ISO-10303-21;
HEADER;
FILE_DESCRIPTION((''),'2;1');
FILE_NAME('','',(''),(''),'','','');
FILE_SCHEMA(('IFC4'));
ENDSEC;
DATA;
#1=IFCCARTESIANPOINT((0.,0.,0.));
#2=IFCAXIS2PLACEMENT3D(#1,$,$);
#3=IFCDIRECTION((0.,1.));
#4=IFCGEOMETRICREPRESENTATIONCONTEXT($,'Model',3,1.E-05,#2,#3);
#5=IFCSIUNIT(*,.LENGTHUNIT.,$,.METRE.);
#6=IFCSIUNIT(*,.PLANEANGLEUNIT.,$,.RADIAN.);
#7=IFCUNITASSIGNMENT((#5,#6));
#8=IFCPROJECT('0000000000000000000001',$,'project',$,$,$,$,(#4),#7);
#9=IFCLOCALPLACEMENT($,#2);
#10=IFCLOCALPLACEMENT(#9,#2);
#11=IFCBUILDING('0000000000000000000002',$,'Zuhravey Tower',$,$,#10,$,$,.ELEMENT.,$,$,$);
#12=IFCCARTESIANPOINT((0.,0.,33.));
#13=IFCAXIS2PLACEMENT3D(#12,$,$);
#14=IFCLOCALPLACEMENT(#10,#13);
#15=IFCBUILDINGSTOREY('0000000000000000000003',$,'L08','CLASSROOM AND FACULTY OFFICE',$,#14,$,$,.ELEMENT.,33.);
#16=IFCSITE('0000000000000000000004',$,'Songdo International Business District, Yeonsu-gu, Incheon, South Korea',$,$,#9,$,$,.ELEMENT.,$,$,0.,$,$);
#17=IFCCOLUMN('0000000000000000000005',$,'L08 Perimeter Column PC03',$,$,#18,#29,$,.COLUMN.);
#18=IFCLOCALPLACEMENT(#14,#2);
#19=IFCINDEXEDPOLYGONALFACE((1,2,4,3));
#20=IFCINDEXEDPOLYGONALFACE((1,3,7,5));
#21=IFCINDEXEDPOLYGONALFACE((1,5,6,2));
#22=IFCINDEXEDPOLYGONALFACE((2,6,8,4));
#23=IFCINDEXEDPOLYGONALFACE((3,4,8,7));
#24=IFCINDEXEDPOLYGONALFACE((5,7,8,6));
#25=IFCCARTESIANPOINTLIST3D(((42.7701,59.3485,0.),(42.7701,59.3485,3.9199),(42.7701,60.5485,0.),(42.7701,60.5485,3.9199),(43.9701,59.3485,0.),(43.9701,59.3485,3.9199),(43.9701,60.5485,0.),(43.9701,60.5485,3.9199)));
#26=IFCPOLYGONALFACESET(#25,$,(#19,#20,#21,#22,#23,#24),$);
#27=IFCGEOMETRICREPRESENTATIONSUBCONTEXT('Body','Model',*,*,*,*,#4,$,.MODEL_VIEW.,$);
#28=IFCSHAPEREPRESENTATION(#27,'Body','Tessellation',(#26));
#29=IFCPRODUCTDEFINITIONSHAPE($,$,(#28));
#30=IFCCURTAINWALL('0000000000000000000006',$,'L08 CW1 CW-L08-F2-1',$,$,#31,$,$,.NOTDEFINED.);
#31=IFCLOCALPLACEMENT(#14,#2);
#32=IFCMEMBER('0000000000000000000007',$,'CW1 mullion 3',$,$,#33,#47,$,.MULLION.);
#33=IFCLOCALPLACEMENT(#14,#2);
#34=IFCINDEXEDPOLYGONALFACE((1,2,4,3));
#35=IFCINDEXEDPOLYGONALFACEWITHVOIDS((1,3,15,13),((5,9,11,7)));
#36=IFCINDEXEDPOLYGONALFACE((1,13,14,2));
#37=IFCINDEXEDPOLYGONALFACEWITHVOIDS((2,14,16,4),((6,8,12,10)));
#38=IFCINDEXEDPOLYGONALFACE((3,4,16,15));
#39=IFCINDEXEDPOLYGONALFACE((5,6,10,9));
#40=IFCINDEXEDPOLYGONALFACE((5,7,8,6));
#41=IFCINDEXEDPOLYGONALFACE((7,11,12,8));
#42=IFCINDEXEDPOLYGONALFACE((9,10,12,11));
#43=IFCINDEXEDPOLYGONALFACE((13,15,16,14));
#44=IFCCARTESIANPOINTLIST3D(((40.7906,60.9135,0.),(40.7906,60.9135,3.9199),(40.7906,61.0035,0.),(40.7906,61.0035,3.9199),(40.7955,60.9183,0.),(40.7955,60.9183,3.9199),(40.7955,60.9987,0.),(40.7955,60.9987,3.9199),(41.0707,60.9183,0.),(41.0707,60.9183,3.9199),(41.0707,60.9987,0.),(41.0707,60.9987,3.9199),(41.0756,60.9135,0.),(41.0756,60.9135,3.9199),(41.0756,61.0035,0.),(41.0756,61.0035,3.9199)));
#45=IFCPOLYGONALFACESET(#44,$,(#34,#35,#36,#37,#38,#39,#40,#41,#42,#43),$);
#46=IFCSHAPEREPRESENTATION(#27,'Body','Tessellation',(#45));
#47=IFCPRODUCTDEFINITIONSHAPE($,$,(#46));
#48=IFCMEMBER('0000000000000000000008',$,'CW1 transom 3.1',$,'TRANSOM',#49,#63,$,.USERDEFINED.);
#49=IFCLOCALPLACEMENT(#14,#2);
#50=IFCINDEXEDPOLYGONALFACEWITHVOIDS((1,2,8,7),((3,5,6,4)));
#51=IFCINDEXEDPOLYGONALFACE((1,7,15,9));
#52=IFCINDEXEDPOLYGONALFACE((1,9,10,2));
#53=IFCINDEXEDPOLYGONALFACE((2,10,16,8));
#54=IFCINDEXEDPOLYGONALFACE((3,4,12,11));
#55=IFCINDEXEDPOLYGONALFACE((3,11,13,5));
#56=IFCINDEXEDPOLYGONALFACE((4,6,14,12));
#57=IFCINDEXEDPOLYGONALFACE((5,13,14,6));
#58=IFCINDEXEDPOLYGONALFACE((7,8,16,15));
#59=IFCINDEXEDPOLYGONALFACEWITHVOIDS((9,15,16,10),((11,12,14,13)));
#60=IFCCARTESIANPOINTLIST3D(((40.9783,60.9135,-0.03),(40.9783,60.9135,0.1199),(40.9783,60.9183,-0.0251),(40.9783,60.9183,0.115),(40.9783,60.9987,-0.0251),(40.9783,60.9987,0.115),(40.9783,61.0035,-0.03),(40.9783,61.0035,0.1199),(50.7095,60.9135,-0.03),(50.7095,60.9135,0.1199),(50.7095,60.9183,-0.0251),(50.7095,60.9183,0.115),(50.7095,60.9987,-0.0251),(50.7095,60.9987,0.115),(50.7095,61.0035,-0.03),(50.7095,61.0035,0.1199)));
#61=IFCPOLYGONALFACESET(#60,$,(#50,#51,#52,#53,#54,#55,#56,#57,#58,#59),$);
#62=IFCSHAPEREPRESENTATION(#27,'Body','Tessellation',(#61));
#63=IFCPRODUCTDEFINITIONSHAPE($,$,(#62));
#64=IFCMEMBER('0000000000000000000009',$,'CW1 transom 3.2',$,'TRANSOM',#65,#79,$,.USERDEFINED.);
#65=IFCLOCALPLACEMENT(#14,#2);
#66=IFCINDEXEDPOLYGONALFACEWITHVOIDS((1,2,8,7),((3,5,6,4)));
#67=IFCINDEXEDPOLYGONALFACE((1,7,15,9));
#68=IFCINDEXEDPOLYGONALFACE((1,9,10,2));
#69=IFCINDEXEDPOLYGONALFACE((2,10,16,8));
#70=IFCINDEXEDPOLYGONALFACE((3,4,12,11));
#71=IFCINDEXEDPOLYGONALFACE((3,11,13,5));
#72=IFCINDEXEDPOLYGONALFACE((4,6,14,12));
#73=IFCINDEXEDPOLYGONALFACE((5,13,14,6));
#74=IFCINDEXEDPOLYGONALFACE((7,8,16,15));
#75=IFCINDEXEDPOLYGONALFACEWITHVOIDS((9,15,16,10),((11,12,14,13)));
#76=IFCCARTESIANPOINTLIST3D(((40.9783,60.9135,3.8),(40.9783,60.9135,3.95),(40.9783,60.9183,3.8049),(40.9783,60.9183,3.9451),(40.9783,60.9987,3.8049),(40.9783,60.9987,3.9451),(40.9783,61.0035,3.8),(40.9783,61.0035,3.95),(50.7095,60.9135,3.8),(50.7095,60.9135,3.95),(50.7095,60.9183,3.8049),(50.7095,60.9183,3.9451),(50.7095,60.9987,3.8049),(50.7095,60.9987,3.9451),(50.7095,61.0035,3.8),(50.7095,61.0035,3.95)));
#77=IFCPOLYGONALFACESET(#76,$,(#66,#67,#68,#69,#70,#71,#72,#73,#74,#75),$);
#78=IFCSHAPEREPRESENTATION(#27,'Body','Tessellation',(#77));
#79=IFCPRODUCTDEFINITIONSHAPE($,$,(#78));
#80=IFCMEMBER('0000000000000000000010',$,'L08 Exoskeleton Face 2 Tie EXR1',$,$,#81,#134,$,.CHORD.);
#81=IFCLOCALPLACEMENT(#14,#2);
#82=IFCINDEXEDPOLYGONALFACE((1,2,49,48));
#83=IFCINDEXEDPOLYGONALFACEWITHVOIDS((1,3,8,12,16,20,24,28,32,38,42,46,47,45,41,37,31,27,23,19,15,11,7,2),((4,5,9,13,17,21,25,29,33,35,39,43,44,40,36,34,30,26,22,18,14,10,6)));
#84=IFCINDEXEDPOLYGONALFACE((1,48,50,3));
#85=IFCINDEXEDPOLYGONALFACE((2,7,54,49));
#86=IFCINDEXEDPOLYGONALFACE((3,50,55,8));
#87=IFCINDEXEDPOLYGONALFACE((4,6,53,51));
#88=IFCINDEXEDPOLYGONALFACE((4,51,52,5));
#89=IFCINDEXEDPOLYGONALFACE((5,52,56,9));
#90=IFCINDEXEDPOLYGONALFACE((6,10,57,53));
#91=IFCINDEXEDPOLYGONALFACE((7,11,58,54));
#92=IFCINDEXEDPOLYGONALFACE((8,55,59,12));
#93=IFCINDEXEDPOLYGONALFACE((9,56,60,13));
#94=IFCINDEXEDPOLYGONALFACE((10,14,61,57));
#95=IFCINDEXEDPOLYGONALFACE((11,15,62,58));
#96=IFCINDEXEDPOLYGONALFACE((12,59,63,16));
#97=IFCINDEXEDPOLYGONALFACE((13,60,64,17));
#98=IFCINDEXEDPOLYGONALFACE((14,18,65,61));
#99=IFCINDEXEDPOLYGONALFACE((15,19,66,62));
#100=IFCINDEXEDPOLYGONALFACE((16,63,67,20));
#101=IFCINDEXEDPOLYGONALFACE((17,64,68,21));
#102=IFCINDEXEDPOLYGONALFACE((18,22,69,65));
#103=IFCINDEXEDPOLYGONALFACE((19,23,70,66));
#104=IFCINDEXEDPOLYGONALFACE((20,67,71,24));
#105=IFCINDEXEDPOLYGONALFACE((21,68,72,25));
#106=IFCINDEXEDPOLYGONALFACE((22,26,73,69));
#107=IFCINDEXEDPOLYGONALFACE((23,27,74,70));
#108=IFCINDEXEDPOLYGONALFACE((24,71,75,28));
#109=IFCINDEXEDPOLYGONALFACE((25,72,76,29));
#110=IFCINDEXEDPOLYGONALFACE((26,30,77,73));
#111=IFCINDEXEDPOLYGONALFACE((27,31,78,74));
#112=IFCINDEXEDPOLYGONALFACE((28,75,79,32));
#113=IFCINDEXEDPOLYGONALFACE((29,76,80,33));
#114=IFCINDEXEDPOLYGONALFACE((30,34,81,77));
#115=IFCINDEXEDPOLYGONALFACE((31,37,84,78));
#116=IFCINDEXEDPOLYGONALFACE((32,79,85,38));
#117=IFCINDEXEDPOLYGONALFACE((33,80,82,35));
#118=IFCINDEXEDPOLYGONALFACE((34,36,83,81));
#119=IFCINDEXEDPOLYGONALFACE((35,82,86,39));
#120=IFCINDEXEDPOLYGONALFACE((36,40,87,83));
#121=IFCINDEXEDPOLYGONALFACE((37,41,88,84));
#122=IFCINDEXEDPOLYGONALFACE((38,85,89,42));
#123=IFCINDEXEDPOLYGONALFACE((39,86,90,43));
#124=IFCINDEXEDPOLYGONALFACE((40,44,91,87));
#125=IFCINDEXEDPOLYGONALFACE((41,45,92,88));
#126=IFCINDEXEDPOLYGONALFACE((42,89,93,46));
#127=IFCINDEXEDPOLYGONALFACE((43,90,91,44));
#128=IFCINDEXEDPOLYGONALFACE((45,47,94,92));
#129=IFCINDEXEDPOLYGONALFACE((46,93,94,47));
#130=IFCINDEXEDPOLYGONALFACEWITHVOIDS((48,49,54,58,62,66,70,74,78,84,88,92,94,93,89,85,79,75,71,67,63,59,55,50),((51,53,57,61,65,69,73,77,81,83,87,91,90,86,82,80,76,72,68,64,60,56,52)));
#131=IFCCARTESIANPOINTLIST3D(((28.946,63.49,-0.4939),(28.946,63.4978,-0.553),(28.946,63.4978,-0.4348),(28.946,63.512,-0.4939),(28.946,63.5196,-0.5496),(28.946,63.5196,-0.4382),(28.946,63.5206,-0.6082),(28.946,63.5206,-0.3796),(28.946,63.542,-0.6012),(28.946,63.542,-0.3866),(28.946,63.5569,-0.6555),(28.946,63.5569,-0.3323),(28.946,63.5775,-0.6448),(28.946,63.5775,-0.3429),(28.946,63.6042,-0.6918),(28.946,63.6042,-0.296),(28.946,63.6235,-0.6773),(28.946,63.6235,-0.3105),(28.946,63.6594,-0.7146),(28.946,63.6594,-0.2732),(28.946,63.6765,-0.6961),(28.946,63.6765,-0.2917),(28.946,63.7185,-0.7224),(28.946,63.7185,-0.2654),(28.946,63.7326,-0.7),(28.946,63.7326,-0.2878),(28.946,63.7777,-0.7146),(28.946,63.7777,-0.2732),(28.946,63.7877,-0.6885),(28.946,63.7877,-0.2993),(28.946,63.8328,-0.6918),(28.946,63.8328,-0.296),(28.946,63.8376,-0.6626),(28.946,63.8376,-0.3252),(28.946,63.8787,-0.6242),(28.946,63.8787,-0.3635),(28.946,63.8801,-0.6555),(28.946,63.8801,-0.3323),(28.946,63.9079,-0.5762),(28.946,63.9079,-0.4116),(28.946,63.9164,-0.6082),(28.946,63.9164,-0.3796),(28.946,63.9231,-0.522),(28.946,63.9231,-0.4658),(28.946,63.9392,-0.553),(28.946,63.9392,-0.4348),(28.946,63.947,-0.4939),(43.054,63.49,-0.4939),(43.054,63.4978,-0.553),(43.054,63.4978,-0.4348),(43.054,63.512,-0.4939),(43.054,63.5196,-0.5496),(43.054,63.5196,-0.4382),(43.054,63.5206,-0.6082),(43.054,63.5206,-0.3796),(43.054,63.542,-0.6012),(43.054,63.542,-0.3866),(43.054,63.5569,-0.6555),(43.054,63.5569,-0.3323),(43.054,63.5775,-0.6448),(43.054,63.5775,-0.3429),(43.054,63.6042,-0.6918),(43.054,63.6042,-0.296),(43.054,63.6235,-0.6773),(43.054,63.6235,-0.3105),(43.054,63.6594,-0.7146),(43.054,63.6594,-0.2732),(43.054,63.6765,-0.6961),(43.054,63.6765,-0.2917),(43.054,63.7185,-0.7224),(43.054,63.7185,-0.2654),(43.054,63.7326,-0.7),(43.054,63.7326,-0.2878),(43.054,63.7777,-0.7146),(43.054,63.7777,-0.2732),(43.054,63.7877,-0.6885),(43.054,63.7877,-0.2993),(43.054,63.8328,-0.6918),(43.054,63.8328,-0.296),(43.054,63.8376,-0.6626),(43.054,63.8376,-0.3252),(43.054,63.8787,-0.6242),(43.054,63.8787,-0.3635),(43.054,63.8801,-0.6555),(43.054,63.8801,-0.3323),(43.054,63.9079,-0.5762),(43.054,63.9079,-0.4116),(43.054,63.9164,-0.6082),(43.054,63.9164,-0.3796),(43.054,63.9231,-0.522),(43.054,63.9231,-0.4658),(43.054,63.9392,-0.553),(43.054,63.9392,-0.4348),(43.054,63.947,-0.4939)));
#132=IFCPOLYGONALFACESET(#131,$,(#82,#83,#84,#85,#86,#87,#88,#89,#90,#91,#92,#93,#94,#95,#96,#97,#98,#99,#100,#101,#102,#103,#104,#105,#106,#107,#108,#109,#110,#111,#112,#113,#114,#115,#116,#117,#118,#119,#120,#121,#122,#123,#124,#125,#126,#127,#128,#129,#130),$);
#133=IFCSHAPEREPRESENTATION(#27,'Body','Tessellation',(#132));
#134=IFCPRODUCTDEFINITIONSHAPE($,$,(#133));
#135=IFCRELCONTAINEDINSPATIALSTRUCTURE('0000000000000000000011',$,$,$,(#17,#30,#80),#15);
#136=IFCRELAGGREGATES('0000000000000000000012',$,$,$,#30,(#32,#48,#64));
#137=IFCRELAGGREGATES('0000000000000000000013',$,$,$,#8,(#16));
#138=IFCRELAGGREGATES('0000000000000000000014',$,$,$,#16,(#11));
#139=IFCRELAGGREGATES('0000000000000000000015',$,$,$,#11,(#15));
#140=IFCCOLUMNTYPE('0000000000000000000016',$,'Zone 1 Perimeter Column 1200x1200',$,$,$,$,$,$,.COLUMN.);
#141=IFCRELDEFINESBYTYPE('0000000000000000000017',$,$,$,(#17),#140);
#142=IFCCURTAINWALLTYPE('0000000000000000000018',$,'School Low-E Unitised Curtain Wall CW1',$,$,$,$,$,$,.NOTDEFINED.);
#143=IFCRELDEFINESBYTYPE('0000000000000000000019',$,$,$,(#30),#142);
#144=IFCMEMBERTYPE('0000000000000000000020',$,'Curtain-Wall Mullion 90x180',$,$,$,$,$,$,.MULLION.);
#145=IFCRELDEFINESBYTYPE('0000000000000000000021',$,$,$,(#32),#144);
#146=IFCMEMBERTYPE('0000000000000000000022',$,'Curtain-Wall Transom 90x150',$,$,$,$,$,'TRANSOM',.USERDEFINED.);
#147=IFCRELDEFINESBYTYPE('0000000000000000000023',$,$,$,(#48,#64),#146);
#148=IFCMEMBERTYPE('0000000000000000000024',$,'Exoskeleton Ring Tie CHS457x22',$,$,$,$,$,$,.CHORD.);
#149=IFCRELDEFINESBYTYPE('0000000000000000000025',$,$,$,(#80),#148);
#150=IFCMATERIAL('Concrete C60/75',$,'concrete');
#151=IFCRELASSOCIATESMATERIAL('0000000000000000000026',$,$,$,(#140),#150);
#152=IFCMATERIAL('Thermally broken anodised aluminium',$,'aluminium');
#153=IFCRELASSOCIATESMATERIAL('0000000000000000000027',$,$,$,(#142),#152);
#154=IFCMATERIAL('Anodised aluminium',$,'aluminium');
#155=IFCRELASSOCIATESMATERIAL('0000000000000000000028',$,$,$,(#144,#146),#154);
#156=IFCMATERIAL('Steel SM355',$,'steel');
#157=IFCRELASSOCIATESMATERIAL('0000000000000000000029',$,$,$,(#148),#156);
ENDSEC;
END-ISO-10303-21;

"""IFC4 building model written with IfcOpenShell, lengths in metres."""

from ifc_helpers import new_model, si_unit, direction, frame, origin, origin_2d, place, context, subcontext, project, spatial, rectangle, hollow_rectangle, hollow_circle, extrude, material, material_profile, profile_set, type_object, element, aggregate, save


model = new_model("IFC4")

# Units and contexts
model_context = context("Model", 3, precision=1e-05, world=origin(), true_north=direction((0.0, 1.0)))
body_context = subcontext(model_context, "Body", "Model", "MODEL_VIEW")
ifc_project = project(units=[si_unit("LENGTHUNIT", "METRE"), si_unit("PLANEANGLEUNIT", "RADIAN")], contexts=[model_context])

# Site, building, storey
site_placement = place(None, origin())
site = spatial("IfcSite", under=ifc_project, at=site_placement, Name="Songdo International Business District, Yeonsu-gu, Incheon, South Korea", CompositionType="ELEMENT", RefElevation=0.0)
building_placement = place(site_placement, origin())
building = spatial("IfcBuilding", under=site, at=building_placement, Name="Zuhravey Tower", CompositionType="ELEMENT")
storey_placement = place(building_placement, frame((0.0, 0.0, 33.0)))
storey = spatial("IfcBuildingStorey", under=building, at=storey_placement, Name="L08", Description="CLASSROOM AND FACULTY OFFICE", CompositionType="ELEMENT", Elevation=33.0)

# Column
ifc_material_1 = material(Name="Concrete C60/75", Category="concrete")
ifc_material_profile_1 = material_profile(ifc_material_1, rectangle(XDim=1.2, YDim=1.2, at=origin_2d()), Name="RC-1200x1200")
ifc_profile_set_1 = profile_set([ifc_material_profile_1], Name="Concrete C60/75")
column_type = type_object("IfcColumnType", Name="Zone 1 Perimeter Column 1200x1200", PredefinedType="COLUMN", material=ifc_profile_set_1)
column_placement = place(storey_placement, frame((43.3701, 59.9485, 0.0), z_axis=(0.0, 0.0, 1.0), x_axis=(-1.0, 0.0, 0.0)))
element("IfcColumn", 1, at=column_placement, inside=storey, type_object=column_type, Name="L08 Perimeter Column PC03", PredefinedType="COLUMN", context=body_context, shape_type="SweptSolid", body=[
    extrude(rectangle(XDim=1.2, YDim=1.2, at=origin_2d()), origin(), (0.0, 0.0, 1.0), 3.9199),
])

# Curtain wall, members
ifc_material_2 = material(Name="Thermally broken anodised aluminium", Category="aluminium")
curtain_wall_type = type_object("IfcCurtainWallType", Name="School Low-E Unitised Curtain Wall CW1", PredefinedType="NOTDEFINED", material=ifc_material_2)
curtain_wall_placement = place(storey_placement, origin())
curtain_wall = element("IfcCurtainWall", 2, at=curtain_wall_placement, inside=storey, type_object=curtain_wall_type, Name="L08 CW1 CW-L08-F2-1", PredefinedType="NOTDEFINED")
ifc_material_3 = material(Name="Anodised aluminium", Category="aluminium")
ifc_material_profile_2 = material_profile(ifc_material_3, hollow_rectangle(XDim=0.0901, YDim=0.2849, WallThickness=0.0049, at=origin_2d()), Name="ALU-RHS-90x285x5")
ifc_profile_set_2 = profile_set([ifc_material_profile_2], Name="Anodised aluminium")
member_type_1 = type_object("IfcMemberType", Name="Curtain-Wall Mullion 90x180", PredefinedType="MULLION", material=ifc_profile_set_2)
member_1_placement = place(storey_placement, frame((40.9331, 60.9585, 0.0), z_axis=(0.0, 0.0, 1.0), x_axis=(0.0, 1.0, 0.0)))
member_1 = element("IfcMember", 3, at=member_1_placement, type_object=member_type_1, Name="CW1 mullion 3", PredefinedType="MULLION", context=body_context, shape_type="SweptSolid", body=[
    extrude(hollow_rectangle(XDim=0.0901, YDim=0.2849, WallThickness=0.0049, at=origin_2d()), origin(), (0.0, 0.0, 1.0), 3.9199),
])
ifc_material_profile_3 = material_profile(ifc_material_3, hollow_rectangle(XDim=0.0901, YDim=0.1499, WallThickness=0.0049, at=origin_2d()), Name="ALU-RHS-90x150x5")
ifc_profile_set_3 = profile_set([ifc_material_profile_3], Name="Anodised aluminium")
member_type_2 = type_object("IfcMemberType", Name="Curtain-Wall Transom 90x150", ElementType="TRANSOM", PredefinedType="USERDEFINED", material=ifc_profile_set_3)
member_2_placement = place(storey_placement, frame((40.9783, 60.9585, 0.0449), z_axis=(1.0, 0.0, 0.0), x_axis=(0.0, 1.0, 0.0)))
member_2 = element("IfcMember", 4, at=member_2_placement, type_object=member_type_2, Name="CW1 transom 3.1", ObjectType="TRANSOM", PredefinedType="USERDEFINED", context=body_context, shape_type="SweptSolid", body=[
    extrude(hollow_rectangle(XDim=0.0901, YDim=0.1499, WallThickness=0.0049, at=origin_2d()), origin(), (0.0, 0.0, 1.0), 9.7312),
])
member_3_placement = place(storey_placement, frame((40.9783, 60.9585, 3.875), z_axis=(1.0, 0.0, 0.0), x_axis=(0.0, 1.0, 0.0)))
member_3 = element("IfcMember", 5, at=member_3_placement, type_object=member_type_2, Name="CW1 transom 3.2", ObjectType="TRANSOM", PredefinedType="USERDEFINED", context=body_context, shape_type="SweptSolid", body=[
    extrude(hollow_rectangle(XDim=0.0901, YDim=0.1499, WallThickness=0.0049, at=origin_2d()), origin(), (0.0, 0.0, 1.0), 9.7312),
])

# Member
ifc_material_4 = material(Name="Steel SM355", Category="steel")
ifc_material_profile_4 = material_profile(ifc_material_4, hollow_circle(Radius=0.2285, WallThickness=0.022, at=origin_2d()), Name="CHS-457.2x22")
ifc_profile_set_4 = profile_set([ifc_material_profile_4], Name="Steel SM355")
member_type_3 = type_object("IfcMemberType", Name="Exoskeleton Ring Tie CHS457x22", PredefinedType="CHORD", material=ifc_profile_set_4)
member_4_placement = place(storey_placement, frame((43.054, 63.7185, -0.4939), z_axis=(-1.0, 0.0, 0.0), x_axis=(0.0, -1.0, 0.0)))
element("IfcMember", 6, at=member_4_placement, inside=storey, type_object=member_type_3, Name="L08 Exoskeleton Face 2 Tie EXR1", PredefinedType="CHORD", context=body_context, shape_type="SweptSolid", body=[
    extrude(hollow_circle(Radius=0.2285, WallThickness=0.022, at=origin_2d()), origin(), (0.0, 0.0, 1.0), 14.1079),
])

aggregate(curtain_wall, [member_1, member_2, member_3])

save(model, "model.ifc")
